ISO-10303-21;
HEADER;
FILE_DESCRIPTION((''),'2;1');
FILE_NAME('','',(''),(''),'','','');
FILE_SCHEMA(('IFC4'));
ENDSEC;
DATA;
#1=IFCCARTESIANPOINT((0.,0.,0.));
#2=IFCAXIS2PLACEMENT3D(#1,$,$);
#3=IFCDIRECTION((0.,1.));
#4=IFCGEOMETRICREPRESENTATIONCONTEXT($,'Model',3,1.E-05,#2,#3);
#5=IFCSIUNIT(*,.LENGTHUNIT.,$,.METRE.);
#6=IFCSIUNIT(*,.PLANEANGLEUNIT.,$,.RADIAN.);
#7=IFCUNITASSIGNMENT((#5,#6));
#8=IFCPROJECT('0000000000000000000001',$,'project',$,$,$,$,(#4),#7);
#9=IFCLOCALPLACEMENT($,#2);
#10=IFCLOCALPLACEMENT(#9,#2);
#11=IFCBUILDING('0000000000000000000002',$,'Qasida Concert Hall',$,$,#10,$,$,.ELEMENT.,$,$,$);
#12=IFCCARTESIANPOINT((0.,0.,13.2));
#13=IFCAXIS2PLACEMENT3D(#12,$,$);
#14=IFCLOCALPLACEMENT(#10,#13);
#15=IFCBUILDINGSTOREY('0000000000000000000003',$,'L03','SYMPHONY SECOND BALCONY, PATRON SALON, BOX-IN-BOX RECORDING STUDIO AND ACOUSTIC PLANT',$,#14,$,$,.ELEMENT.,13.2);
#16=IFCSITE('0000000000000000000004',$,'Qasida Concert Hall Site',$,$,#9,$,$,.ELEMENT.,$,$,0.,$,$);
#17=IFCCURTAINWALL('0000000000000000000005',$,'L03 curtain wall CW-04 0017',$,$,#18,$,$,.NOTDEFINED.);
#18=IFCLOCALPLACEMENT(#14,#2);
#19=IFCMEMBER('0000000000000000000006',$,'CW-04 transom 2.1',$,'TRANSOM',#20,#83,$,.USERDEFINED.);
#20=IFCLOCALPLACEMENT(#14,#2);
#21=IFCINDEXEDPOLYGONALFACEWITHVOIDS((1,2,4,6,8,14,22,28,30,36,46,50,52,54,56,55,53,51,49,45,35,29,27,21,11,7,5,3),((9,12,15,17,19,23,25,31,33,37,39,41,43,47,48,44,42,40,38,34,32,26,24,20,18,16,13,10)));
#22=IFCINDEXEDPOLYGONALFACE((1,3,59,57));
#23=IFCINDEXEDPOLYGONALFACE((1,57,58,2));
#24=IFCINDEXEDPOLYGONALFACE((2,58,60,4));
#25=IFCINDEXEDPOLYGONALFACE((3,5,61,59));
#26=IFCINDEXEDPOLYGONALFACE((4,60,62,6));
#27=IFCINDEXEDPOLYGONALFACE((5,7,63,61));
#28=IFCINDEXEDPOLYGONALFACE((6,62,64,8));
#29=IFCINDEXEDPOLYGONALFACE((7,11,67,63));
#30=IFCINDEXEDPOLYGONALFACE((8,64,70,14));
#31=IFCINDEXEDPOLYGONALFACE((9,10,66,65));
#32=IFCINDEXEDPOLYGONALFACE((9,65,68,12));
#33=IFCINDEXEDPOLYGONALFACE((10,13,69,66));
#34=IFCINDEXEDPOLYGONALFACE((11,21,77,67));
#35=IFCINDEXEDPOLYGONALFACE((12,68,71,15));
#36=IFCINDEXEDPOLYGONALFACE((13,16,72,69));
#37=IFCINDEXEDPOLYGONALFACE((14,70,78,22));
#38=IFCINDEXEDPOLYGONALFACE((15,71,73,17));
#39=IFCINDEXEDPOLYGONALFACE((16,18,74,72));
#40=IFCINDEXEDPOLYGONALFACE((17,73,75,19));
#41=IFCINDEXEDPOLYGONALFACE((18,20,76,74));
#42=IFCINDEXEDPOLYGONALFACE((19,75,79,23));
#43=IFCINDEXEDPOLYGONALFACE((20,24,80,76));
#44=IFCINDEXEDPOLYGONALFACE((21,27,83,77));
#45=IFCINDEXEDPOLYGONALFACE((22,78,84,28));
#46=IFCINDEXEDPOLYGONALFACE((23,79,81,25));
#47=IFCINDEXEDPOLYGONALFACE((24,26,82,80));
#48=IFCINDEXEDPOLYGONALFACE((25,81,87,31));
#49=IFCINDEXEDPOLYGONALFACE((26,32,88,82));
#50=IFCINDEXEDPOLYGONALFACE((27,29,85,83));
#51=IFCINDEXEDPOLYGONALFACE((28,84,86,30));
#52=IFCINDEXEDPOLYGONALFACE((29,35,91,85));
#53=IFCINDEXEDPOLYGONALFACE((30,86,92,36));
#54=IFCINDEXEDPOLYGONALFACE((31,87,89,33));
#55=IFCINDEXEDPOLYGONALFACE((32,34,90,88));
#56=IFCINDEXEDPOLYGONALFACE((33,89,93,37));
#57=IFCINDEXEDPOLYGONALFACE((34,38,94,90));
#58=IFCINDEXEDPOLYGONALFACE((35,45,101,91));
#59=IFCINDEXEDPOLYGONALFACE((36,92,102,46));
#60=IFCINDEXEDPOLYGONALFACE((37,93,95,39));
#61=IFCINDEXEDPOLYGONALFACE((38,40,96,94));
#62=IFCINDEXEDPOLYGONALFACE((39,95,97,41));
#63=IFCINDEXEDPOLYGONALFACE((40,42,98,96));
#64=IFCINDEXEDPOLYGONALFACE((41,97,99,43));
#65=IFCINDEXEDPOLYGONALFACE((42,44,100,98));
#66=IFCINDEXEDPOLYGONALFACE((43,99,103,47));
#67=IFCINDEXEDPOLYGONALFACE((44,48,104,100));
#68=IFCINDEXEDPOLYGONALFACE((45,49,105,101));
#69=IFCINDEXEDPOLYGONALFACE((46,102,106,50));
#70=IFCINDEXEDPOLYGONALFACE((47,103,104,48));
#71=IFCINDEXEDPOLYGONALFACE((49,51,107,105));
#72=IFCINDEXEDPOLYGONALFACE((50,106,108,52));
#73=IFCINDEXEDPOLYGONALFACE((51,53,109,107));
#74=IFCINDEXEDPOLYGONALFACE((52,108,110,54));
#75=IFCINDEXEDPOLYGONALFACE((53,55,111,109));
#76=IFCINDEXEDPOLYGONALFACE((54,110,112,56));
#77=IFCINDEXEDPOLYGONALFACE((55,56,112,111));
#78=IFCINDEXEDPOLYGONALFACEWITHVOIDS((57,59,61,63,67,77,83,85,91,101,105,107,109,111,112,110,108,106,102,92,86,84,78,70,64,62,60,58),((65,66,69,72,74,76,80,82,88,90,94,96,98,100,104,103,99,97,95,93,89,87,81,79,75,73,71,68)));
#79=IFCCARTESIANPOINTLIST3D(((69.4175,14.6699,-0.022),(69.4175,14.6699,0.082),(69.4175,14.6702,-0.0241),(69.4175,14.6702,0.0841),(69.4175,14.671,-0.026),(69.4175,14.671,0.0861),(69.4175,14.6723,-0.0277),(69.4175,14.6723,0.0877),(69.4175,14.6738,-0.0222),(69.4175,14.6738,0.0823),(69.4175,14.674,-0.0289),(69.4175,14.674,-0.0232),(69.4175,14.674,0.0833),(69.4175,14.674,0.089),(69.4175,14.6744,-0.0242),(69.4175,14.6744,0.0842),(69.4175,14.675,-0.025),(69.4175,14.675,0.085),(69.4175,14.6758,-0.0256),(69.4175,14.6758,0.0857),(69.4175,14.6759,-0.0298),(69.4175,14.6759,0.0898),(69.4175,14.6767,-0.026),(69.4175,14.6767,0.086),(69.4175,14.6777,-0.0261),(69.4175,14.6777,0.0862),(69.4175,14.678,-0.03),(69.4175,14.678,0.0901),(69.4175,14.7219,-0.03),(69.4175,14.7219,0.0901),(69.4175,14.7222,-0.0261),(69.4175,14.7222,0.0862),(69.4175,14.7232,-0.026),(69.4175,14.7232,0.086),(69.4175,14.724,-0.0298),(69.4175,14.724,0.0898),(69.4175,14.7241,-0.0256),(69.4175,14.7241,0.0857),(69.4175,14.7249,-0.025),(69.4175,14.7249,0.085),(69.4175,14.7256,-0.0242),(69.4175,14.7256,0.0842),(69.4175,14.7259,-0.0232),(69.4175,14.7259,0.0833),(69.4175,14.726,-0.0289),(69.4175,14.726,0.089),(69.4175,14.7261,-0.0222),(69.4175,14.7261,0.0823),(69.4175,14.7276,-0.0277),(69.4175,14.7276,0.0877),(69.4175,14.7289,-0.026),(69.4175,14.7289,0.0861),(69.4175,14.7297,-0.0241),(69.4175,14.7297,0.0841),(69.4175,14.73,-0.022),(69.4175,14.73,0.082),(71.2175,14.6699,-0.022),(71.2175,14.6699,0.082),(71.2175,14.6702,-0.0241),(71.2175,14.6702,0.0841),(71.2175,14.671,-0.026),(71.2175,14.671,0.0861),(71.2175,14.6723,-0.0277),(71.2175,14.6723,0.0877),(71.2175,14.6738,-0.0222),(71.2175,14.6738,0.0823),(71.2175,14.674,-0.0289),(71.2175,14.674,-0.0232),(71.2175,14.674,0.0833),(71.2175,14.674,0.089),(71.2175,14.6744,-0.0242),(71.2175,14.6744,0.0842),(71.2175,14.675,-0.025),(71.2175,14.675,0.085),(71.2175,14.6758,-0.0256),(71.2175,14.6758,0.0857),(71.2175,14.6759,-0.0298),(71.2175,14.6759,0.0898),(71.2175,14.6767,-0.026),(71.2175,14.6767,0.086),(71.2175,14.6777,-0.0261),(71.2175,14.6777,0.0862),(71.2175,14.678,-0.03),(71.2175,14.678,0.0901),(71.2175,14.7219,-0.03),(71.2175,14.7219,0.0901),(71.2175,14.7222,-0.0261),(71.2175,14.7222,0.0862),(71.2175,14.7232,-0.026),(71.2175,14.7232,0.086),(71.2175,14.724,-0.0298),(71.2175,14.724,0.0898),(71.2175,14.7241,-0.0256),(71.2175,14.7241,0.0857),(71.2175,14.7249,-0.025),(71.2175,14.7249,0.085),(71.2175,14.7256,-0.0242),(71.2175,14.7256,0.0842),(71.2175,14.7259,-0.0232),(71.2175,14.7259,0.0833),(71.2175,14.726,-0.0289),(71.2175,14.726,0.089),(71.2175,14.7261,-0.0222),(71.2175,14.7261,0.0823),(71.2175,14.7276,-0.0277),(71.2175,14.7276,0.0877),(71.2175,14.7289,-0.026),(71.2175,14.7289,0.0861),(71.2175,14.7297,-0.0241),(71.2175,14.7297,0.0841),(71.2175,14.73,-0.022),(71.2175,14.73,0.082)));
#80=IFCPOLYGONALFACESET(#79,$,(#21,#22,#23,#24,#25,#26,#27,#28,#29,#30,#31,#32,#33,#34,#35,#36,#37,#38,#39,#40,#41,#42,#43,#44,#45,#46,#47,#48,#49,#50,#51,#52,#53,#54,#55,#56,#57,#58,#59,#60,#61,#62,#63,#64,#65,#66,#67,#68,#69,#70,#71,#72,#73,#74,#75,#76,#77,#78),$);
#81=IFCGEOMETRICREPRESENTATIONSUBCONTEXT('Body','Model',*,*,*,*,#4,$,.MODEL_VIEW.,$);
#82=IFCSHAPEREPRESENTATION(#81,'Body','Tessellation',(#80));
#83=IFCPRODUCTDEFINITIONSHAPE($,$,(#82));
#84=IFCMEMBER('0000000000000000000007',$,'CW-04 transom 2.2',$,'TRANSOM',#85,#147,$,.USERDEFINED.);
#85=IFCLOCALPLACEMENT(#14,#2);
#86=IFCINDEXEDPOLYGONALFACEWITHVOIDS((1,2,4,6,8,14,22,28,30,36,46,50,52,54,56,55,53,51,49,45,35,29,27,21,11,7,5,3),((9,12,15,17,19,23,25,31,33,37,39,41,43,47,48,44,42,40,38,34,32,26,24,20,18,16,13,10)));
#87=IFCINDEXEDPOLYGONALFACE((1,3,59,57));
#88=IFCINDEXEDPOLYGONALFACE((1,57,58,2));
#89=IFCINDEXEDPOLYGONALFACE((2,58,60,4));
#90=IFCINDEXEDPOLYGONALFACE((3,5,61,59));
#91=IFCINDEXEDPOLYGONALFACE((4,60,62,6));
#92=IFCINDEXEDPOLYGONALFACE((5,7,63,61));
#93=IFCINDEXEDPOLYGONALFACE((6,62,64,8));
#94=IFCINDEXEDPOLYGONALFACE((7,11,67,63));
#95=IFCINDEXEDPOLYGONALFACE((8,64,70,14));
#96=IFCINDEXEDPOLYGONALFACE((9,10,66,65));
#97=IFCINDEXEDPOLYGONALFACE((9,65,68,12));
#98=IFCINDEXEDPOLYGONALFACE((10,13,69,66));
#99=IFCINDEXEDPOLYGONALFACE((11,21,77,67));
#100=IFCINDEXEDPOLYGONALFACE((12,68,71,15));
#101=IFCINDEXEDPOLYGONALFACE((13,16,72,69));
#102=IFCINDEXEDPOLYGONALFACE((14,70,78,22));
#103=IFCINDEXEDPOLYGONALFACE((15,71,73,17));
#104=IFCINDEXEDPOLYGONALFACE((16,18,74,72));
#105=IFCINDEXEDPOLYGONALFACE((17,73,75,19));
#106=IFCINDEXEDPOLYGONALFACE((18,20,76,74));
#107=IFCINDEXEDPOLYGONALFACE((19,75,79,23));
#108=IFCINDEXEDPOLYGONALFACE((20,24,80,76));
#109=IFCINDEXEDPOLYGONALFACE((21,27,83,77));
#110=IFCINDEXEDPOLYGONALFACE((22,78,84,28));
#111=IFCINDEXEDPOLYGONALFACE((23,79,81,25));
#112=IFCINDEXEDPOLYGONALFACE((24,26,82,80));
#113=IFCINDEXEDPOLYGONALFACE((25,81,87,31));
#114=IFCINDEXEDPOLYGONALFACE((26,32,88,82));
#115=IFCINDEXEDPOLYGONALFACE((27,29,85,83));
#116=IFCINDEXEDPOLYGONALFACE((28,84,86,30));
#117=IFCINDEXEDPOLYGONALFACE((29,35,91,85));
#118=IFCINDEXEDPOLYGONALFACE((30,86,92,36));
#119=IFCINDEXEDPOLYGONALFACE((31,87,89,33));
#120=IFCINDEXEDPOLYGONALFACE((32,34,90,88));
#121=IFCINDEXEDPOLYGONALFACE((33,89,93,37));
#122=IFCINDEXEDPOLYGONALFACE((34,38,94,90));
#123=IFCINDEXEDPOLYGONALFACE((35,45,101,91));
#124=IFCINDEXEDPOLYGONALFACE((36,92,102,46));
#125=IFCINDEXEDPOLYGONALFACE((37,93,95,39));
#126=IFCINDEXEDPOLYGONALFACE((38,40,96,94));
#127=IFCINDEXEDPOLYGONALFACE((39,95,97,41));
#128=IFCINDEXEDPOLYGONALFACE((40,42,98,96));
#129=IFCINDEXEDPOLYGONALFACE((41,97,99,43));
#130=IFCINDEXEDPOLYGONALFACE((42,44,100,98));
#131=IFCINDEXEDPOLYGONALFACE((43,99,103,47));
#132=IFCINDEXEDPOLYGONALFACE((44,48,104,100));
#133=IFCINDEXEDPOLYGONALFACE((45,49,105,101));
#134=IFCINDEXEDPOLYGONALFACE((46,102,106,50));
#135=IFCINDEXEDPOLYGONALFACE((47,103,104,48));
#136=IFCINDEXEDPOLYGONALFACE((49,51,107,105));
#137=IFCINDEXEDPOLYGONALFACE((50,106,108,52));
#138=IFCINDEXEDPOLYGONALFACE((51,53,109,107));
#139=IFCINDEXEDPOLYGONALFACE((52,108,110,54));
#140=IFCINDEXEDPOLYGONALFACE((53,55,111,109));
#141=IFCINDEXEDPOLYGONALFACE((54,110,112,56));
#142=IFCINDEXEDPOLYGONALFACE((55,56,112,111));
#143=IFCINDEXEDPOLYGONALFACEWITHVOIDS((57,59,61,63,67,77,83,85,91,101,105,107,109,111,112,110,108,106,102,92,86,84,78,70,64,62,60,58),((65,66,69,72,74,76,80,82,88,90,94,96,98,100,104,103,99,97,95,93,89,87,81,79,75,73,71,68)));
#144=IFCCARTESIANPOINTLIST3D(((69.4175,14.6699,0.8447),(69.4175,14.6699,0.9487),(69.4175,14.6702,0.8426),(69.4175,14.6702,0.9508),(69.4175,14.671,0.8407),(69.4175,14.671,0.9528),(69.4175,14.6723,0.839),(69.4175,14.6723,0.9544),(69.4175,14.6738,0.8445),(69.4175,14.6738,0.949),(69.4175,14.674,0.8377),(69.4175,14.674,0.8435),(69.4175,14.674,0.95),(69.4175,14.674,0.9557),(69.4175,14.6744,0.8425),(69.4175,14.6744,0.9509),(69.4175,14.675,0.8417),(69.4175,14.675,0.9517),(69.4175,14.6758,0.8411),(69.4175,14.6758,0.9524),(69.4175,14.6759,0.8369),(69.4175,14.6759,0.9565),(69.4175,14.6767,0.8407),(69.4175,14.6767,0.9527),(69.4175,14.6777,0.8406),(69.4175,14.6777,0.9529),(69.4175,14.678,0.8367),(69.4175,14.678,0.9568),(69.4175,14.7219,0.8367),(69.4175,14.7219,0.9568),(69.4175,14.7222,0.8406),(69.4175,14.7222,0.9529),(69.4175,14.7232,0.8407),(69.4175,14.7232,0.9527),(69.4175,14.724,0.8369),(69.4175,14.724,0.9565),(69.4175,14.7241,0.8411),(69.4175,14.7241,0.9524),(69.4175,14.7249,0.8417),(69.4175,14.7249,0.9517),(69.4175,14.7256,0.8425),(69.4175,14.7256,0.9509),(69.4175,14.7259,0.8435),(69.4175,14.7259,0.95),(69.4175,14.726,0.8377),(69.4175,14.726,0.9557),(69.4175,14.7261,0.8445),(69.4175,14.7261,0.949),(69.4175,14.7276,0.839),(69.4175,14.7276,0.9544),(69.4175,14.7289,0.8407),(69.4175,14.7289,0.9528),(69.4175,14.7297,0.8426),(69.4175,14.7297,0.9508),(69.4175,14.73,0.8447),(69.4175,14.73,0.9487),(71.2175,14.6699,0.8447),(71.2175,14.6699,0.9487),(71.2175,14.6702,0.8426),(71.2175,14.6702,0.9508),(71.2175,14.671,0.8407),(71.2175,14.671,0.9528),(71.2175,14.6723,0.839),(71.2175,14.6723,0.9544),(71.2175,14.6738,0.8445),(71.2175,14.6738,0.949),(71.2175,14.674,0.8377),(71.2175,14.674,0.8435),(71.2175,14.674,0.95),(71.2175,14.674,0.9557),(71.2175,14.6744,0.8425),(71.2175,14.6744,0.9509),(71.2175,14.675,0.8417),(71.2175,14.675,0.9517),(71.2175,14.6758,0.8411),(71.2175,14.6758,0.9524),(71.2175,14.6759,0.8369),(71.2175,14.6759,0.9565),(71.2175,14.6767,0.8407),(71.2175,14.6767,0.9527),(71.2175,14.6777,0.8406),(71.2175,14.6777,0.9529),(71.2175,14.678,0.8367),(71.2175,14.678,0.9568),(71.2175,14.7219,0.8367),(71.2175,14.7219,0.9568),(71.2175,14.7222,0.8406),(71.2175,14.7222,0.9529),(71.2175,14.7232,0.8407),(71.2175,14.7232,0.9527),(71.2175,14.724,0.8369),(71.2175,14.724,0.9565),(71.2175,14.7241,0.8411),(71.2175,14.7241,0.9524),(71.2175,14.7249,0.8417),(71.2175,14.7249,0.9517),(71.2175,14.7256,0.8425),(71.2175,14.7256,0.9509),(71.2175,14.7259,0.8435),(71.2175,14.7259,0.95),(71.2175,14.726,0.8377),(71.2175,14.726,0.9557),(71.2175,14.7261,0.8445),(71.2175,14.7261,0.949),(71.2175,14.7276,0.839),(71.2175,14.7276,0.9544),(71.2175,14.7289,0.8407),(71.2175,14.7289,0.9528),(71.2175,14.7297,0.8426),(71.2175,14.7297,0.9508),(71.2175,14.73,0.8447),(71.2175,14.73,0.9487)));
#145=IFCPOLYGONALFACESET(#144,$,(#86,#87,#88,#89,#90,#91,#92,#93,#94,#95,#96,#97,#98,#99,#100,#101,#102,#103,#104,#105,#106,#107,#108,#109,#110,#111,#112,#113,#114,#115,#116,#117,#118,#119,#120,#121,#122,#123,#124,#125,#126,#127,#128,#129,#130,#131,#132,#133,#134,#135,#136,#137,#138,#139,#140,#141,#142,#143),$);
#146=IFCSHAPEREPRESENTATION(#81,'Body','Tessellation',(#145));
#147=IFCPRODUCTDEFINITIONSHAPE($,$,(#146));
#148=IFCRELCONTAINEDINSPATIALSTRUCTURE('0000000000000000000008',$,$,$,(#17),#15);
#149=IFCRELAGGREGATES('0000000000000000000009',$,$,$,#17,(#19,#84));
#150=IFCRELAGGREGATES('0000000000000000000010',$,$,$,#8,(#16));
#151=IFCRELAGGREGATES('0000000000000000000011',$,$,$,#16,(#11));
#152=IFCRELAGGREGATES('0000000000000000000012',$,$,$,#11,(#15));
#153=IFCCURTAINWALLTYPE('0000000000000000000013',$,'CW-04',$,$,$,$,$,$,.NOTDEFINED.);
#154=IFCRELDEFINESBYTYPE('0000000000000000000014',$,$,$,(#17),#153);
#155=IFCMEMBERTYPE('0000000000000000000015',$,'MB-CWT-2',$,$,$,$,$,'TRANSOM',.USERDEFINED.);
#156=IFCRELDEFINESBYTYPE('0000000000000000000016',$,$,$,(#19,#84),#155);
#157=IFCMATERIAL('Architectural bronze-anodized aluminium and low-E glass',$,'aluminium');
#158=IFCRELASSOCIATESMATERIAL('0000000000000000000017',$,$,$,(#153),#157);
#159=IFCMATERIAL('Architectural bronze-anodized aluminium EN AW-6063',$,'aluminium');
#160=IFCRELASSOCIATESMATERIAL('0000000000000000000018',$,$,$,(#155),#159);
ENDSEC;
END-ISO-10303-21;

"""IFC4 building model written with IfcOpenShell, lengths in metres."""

from ifc_helpers import new_model, si_unit, direction, frame, origin, origin_2d, place, context, subcontext, project, spatial, hollow_rectangle, extrude, material, material_profile, profile_set, type_object, element, aggregate, save


model = new_model("IFC4")

# Units and contexts
model_context = context("Model", 3, precision=1e-05, world=origin(), true_north=direction((0.0, 1.0)))
body_context = subcontext(model_context, "Body", "Model", "MODEL_VIEW")
ifc_project = project(units=[si_unit("LENGTHUNIT", "METRE"), si_unit("PLANEANGLEUNIT", "RADIAN")], contexts=[model_context])

# Site, building, storey
site_placement = place(None, origin())
site = spatial("IfcSite", under=ifc_project, at=site_placement, Name="Qasida Concert Hall Site", CompositionType="ELEMENT", RefElevation=0.0)
building_placement = place(site_placement, origin())
building = spatial("IfcBuilding", under=site, at=building_placement, Name="Qasida Concert Hall", CompositionType="ELEMENT")
storey_placement = place(building_placement, frame((0.0, 0.0, 13.2)))
storey = spatial("IfcBuildingStorey", under=building, at=storey_placement, Name="L03", Description="SYMPHONY SECOND BALCONY, PATRON SALON, BOX-IN-BOX RECORDING STUDIO AND ACOUSTIC PLANT", CompositionType="ELEMENT", Elevation=13.2)

# Curtain wall
ifc_material_1 = material(Name="Architectural bronze-anodized aluminium and low-E glass", Category="aluminium")
curtain_wall_type = type_object("IfcCurtainWallType", Name="CW-04", PredefinedType="NOTDEFINED", material=ifc_material_1)
ifc_material_2 = material(Name="Architectural bronze-anodized aluminium EN AW-6063", Category="aluminium")
curtain_wall_1_placement = place(storey_placement, origin())
curtain_wall_1 = element("IfcCurtainWall", 1, at=curtain_wall_1_placement, inside=storey, type_object=curtain_wall_type, Name="L03 curtain wall CW-04 0017", PredefinedType="NOTDEFINED")

# Members
ifc_material_profile_1 = material_profile(ifc_material_2, hollow_rectangle(XDim=0.0601, YDim=0.1201, WallThickness=0.0039, InnerFilletRadius=0.0039, OuterFilletRadius=0.0081, at=origin_2d()), Name="CWT 120x60x4")
ifc_profile_set_1 = profile_set([ifc_material_profile_1], Name="Architectural bronze-anodized aluminium EN AW-6063")
member_type_1 = type_object("IfcMemberType", Name="MB-CWT-2", ElementType="TRANSOM", PredefinedType="USERDEFINED", material=ifc_profile_set_1)
member_1_placement = place(storey_placement, frame((69.4175, 14.7, 0.03), z_axis=(1.0, 0.0, 0.0), x_axis=(0.0, 1.0, 0.0)))
member_1 = element("IfcMember", 2, at=member_1_placement, type_object=member_type_1, Name="CW-04 transom 2.1", ObjectType="TRANSOM", PredefinedType="USERDEFINED", context=body_context, shape_type="SweptSolid", body=[
    extrude(hollow_rectangle(XDim=0.0601, YDim=0.1201, WallThickness=0.0039, InnerFilletRadius=0.0039, OuterFilletRadius=0.0081, at=origin_2d()), origin(), (0.0, 0.0, 1.0), 1.8),
])
member_2_placement = place(storey_placement, frame((69.4175, 14.7, 0.8967), z_axis=(1.0, 0.0, 0.0), x_axis=(0.0, 1.0, 0.0)))
member_2 = element("IfcMember", 3, at=member_2_placement, type_object=member_type_1, Name="CW-04 transom 2.2", ObjectType="TRANSOM", PredefinedType="USERDEFINED", context=body_context, shape_type="SweptSolid", body=[
    extrude(hollow_rectangle(XDim=0.0601, YDim=0.1201, WallThickness=0.0039, InnerFilletRadius=0.0039, OuterFilletRadius=0.0081, at=origin_2d()), origin(), (0.0, 0.0, 1.0), 1.8),
])

aggregate(curtain_wall_1, [member_1, member_2])

save(model, "model.ifc")
